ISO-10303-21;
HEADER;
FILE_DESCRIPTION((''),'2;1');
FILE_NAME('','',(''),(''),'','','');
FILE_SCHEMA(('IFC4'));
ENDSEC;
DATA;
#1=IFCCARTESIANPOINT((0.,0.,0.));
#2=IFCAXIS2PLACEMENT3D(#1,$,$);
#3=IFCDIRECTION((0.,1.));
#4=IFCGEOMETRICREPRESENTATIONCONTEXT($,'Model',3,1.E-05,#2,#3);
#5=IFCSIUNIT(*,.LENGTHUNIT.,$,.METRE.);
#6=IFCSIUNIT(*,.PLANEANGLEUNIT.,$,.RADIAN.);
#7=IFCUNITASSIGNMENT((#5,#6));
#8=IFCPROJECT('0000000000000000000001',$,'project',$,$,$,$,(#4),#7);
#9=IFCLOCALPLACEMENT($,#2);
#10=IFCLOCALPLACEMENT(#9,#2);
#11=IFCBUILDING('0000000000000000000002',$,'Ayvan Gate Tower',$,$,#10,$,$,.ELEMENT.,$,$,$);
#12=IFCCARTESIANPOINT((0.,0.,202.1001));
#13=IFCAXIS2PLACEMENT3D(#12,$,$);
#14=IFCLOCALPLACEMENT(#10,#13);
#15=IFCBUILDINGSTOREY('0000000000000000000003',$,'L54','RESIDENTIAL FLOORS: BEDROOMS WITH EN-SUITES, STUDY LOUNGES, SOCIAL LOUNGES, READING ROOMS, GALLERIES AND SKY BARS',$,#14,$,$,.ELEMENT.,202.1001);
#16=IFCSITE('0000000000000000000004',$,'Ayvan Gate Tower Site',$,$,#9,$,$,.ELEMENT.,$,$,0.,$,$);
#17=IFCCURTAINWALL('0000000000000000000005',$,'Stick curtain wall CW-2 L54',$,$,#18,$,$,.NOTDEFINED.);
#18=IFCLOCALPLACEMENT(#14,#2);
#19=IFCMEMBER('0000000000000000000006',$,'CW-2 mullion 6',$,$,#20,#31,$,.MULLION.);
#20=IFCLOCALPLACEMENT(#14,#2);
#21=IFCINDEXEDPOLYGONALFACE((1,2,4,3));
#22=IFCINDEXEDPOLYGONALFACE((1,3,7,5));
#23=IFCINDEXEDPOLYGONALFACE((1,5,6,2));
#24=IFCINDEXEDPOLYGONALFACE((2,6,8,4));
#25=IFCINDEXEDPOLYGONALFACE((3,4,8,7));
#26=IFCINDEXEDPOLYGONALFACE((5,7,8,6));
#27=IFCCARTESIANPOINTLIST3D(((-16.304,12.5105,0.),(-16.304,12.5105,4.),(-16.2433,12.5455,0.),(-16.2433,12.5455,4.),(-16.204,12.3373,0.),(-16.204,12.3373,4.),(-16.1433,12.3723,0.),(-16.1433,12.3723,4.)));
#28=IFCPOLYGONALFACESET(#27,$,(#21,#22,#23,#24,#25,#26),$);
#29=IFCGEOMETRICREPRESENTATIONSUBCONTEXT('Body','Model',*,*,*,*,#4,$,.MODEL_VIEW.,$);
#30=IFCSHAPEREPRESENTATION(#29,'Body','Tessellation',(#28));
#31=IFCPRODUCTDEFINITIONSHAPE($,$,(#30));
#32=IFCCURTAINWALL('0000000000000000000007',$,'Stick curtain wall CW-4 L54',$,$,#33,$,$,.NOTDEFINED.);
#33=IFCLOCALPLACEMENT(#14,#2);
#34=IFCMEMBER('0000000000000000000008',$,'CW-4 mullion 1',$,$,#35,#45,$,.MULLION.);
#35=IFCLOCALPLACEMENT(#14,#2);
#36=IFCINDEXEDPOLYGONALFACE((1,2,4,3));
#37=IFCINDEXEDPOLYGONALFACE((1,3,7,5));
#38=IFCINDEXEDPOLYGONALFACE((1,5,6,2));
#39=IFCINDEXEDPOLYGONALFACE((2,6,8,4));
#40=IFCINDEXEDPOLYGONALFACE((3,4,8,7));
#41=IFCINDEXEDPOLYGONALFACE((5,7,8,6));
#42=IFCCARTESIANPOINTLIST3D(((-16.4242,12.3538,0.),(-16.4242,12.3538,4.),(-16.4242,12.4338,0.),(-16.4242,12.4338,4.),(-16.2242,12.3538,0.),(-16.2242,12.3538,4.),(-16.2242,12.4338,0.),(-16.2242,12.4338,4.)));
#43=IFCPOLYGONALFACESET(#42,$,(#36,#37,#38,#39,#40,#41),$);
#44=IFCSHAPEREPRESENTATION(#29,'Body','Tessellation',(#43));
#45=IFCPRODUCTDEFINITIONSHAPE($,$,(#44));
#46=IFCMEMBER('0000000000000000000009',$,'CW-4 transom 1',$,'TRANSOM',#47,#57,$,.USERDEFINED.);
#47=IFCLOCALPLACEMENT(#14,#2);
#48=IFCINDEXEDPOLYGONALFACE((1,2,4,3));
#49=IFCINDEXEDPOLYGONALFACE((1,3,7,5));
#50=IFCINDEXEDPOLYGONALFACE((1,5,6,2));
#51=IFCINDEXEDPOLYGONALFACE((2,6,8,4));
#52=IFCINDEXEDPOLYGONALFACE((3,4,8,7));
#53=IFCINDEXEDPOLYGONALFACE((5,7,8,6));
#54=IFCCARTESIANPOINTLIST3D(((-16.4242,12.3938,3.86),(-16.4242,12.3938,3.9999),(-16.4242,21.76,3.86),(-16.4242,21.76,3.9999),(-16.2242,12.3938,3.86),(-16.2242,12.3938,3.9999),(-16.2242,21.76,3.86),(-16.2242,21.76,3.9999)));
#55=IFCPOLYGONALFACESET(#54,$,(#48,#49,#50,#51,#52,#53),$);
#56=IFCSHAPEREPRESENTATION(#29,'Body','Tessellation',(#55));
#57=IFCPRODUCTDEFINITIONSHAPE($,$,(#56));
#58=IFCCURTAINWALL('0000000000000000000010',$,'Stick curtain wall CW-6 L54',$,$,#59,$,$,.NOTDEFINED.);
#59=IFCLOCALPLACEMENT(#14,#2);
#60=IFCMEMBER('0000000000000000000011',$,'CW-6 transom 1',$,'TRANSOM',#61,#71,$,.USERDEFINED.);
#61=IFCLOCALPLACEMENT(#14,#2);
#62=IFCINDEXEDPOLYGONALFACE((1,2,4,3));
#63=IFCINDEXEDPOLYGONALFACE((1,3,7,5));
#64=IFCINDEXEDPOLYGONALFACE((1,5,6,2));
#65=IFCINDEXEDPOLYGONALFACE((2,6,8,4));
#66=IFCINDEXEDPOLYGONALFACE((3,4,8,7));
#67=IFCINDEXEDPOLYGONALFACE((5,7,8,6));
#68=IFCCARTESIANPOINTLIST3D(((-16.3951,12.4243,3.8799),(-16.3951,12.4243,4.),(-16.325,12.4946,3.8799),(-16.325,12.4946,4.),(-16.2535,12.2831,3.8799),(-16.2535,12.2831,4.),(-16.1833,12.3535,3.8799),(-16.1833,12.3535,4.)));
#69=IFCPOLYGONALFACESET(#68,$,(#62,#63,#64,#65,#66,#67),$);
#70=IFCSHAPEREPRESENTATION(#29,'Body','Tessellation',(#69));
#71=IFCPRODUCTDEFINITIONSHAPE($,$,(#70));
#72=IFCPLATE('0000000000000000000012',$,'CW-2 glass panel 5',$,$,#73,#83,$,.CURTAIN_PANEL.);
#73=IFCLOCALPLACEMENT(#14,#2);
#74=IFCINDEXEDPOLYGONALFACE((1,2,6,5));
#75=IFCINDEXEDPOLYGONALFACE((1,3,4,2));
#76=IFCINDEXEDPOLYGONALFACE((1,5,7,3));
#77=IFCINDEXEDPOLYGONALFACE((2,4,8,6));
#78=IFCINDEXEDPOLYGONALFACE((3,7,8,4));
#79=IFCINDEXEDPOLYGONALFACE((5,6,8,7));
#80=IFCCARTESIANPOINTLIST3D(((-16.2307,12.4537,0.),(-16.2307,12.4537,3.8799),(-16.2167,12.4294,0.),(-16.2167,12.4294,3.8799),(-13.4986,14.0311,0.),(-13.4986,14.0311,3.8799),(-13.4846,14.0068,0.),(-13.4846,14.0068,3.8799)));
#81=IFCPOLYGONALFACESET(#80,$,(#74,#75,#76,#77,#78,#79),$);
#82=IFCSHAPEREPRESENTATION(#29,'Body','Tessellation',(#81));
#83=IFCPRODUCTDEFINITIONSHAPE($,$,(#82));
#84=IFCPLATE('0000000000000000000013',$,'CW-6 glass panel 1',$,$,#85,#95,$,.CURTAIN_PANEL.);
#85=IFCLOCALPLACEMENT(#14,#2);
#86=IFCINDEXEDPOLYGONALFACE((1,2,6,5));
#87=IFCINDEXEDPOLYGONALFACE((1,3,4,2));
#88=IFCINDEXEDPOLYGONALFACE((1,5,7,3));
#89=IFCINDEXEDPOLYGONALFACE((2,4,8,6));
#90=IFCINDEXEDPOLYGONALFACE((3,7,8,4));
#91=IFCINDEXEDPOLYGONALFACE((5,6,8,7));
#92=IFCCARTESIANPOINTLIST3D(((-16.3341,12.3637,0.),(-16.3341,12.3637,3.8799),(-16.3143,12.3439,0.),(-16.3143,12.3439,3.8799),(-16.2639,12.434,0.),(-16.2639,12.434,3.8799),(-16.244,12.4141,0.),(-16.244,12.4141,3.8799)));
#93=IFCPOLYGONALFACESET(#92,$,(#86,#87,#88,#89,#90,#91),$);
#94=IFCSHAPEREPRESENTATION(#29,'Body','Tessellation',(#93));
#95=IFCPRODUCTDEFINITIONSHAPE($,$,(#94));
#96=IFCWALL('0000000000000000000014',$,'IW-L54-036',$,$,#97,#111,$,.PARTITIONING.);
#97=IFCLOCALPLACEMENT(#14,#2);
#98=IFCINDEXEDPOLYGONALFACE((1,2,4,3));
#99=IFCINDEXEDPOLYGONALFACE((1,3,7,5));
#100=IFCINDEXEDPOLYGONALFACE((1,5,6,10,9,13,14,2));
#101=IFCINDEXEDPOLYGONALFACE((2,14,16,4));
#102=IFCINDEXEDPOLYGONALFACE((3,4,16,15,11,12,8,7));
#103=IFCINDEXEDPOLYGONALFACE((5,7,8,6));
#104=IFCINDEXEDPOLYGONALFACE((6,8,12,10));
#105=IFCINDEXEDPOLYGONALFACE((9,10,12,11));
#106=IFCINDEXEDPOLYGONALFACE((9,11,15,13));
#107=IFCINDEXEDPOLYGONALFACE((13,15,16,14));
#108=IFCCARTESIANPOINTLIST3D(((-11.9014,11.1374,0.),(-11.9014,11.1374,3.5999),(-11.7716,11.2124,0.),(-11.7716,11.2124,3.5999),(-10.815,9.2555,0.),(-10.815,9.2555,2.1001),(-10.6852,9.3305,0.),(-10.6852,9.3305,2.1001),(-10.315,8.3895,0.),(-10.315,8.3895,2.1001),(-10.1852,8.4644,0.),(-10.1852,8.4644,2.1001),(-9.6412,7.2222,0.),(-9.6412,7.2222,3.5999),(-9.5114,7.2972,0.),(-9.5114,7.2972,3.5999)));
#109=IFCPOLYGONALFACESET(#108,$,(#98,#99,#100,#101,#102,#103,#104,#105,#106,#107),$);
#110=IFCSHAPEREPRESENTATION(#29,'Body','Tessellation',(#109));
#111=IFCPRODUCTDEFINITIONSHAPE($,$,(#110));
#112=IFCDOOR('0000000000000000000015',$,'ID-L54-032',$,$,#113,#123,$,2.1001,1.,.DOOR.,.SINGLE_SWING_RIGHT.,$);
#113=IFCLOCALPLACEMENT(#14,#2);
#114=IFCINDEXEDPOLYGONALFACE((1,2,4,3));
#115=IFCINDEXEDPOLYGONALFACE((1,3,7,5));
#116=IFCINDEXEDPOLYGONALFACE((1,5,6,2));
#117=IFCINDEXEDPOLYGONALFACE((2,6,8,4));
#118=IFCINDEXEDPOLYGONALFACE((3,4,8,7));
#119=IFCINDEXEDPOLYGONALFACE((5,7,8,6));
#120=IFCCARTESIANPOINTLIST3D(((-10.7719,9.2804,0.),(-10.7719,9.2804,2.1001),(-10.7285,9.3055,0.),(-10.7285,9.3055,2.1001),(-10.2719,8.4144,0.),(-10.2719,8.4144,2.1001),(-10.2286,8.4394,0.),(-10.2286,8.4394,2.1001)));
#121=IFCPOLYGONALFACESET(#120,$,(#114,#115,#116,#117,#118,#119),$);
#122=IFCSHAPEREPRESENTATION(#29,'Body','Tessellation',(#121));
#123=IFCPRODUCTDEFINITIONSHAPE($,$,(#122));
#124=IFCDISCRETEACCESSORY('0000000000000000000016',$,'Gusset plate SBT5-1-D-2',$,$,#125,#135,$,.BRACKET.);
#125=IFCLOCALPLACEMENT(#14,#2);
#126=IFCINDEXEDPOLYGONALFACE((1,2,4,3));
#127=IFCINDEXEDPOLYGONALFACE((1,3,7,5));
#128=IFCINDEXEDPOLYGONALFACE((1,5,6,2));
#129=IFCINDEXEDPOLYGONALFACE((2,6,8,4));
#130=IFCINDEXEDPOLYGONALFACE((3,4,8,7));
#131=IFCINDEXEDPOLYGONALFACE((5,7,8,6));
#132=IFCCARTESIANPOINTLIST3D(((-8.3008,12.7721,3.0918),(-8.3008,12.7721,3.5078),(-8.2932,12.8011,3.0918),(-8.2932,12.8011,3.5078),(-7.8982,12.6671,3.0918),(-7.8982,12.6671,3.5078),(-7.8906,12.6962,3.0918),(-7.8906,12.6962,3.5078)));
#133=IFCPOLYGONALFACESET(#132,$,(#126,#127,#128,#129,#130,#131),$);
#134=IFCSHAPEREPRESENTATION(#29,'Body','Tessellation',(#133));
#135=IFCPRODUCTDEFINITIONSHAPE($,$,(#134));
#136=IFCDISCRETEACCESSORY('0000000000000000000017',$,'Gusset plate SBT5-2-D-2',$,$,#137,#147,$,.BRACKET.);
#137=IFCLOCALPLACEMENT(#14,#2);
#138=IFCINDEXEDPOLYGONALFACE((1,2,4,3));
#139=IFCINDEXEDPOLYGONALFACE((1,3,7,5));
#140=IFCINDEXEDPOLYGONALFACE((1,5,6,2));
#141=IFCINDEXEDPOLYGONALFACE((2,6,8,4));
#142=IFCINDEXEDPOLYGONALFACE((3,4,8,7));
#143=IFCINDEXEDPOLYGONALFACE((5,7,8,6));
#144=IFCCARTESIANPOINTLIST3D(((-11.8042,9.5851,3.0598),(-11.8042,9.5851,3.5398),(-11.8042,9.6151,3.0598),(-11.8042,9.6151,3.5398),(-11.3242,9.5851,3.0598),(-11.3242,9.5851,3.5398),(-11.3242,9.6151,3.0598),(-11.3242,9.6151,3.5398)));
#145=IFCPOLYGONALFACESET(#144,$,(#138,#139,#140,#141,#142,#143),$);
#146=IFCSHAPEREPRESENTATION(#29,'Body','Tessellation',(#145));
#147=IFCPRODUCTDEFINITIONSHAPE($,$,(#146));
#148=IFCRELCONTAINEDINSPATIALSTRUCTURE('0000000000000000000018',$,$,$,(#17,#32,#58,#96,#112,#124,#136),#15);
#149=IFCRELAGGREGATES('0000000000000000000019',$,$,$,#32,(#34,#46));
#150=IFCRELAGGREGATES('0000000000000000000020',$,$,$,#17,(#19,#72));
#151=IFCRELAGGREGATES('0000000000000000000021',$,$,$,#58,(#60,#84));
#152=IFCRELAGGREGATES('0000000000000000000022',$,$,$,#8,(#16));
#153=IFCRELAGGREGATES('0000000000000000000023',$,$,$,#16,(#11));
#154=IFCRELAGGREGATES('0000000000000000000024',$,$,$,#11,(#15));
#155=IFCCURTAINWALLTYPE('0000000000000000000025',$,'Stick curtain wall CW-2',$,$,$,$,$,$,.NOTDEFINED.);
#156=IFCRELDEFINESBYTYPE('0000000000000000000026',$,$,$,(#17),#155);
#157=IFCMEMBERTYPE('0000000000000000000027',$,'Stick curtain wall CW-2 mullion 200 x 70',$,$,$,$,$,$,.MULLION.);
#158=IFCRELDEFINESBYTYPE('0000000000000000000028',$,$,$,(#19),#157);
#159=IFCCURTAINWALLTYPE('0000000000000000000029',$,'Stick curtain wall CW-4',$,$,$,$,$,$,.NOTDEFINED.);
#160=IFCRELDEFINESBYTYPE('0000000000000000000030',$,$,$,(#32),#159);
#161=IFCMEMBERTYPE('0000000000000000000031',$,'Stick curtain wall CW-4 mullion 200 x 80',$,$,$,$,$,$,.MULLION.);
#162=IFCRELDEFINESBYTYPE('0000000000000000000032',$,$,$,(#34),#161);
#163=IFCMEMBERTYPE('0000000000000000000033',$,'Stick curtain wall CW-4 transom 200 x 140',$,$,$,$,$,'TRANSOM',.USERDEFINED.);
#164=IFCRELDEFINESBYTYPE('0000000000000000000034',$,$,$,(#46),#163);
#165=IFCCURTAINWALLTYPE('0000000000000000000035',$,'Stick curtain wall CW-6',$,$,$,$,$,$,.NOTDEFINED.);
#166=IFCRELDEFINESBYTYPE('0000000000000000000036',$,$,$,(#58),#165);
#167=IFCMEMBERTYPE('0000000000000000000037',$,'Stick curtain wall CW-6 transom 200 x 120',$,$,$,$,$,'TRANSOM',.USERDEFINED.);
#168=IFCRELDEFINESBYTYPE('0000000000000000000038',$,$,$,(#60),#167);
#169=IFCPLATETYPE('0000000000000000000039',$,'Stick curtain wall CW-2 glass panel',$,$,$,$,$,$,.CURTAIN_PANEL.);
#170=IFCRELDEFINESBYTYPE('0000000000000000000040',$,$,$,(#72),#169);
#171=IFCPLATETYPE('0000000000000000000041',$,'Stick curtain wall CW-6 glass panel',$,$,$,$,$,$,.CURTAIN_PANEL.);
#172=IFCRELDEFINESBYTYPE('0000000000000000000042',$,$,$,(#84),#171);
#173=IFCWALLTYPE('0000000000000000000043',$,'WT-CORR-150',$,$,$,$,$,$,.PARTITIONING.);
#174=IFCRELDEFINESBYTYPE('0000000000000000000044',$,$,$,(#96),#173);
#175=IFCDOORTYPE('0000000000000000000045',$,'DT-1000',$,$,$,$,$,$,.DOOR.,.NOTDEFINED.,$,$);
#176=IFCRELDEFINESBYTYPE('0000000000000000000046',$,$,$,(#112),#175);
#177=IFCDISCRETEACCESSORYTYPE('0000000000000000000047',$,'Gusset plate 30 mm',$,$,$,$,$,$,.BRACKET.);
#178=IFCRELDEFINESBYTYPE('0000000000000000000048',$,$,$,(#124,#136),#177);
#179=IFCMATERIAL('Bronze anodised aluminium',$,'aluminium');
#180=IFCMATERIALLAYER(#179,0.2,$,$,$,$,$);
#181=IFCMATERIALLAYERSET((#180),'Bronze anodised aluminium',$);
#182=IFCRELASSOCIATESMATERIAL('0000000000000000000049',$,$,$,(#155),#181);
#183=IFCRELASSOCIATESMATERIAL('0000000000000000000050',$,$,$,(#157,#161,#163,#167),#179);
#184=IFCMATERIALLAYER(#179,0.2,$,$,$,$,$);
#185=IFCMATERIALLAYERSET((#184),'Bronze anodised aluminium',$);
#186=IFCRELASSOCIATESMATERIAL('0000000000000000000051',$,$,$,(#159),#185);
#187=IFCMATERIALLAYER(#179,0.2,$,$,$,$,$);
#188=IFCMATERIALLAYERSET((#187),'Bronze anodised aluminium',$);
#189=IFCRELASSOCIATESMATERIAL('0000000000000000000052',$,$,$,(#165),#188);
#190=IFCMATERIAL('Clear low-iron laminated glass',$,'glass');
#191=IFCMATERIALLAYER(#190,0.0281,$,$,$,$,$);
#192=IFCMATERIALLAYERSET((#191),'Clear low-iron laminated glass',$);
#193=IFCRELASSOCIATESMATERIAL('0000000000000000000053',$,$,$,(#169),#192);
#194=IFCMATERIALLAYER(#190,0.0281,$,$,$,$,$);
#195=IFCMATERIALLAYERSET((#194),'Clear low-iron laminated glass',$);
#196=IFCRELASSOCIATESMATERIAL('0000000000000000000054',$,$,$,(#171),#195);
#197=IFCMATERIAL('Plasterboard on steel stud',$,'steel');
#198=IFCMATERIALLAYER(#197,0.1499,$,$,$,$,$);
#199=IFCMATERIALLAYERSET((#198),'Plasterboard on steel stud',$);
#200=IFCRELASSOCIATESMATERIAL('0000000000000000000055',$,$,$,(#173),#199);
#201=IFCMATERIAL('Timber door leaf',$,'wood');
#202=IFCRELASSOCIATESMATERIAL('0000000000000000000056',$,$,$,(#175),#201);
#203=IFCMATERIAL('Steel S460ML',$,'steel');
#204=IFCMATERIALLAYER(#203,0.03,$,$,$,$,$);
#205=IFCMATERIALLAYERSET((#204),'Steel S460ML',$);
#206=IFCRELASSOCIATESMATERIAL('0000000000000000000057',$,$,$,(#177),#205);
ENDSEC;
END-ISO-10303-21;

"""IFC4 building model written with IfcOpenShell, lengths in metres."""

from ifc_helpers import new_model, si_unit, direction, frame, frame_2d, origin, origin_2d, place, context, subcontext, project, spatial, rectangle, extrude, material, layer, layer_set, material_profile, profile_set, type_object, element, fill, aggregate, save


model = new_model("IFC4")

# Units and contexts
model_context = context("Model", 3, precision=1e-05, world=origin(), true_north=direction((0.0, 1.0)))
body_context = subcontext(model_context, "Body", "Model", "MODEL_VIEW")
ifc_project = project(units=[si_unit("LENGTHUNIT", "METRE"), si_unit("PLANEANGLEUNIT", "RADIAN")], contexts=[model_context])

# Site, building, storey
site_placement = place(None, origin())
site = spatial("IfcSite", under=ifc_project, at=site_placement, Name="Ayvan Gate Tower Site", CompositionType="ELEMENT", RefElevation=0.0)
building_placement = place(site_placement, origin())
building = spatial("IfcBuilding", under=site, at=building_placement, Name="Ayvan Gate Tower", CompositionType="ELEMENT")
storey_placement = place(building_placement, frame((0.0, 0.0, 202.1001)))
storey = spatial("IfcBuildingStorey", under=building, at=storey_placement, Name="L54", Description="RESIDENTIAL FLOORS: BEDROOMS WITH EN-SUITES, STUDY LOUNGES, SOCIAL LOUNGES, READING ROOMS, GALLERIES AND SKY BARS", CompositionType="ELEMENT", Elevation=202.1001)

# Curtain wall, member
ifc_material_1 = material(Name="Bronze anodised aluminium", Category="aluminium")
ifc_layer_1 = layer(ifc_material_1, 0.2)
ifc_layer_set_1 = layer_set([ifc_layer_1], Name="Bronze anodised aluminium")
curtain_wall_type_1 = type_object("IfcCurtainWallType", Name="Stick curtain wall CW-2", PredefinedType="NOTDEFINED", material=ifc_layer_set_1)
curtain_wall_1_placement = place(storey_placement, origin())
curtain_wall_1 = element("IfcCurtainWall", 1, at=curtain_wall_1_placement, inside=storey, type_object=curtain_wall_type_1, Name="Stick curtain wall CW-2 L54", PredefinedType="NOTDEFINED")
ifc_material_profile_1 = material_profile(ifc_material_1, rectangle(XDim=0.2, YDim=0.0701, at=origin_2d()), Name="Stick curtain wall CW-2 mullion 200 x 70")
ifc_profile_set_1 = profile_set([ifc_material_profile_1], Name="Bronze anodised aluminium")
member_type_1 = type_object("IfcMemberType", Name="Stick curtain wall CW-2 mullion 200 x 70", PredefinedType="MULLION", material=ifc_profile_set_1)
member_1_placement = place(storey_placement, frame((-16.2236, 12.4414, 0.0), z_axis=(0.0, 0.0, 1.0), x_axis=(-0.5, 0.866025, 0.0)))
member_1 = element("IfcMember", 2, at=member_1_placement, type_object=member_type_1, Name="CW-2 mullion 6", PredefinedType="MULLION", context=body_context, shape_type="SweptSolid", body=[
    extrude(rectangle(XDim=0.2, YDim=0.0701, at=origin_2d()), origin(), (0.0, 0.0, 1.0), 4.0),
])

# Curtain wall, members
ifc_layer_2 = layer(ifc_material_1, 0.2)
ifc_layer_set_2 = layer_set([ifc_layer_2], Name="Bronze anodised aluminium")
curtain_wall_type_2 = type_object("IfcCurtainWallType", Name="Stick curtain wall CW-4", PredefinedType="NOTDEFINED", material=ifc_layer_set_2)
curtain_wall_2_placement = place(storey_placement, origin())
curtain_wall_2 = element("IfcCurtainWall", 3, at=curtain_wall_2_placement, inside=storey, type_object=curtain_wall_type_2, Name="Stick curtain wall CW-4 L54", PredefinedType="NOTDEFINED")
ifc_material_profile_2 = material_profile(ifc_material_1, rectangle(XDim=0.2, YDim=0.0801, at=origin_2d()), Name="Stick curtain wall CW-4 mullion 200 x 80")
ifc_profile_set_2 = profile_set([ifc_material_profile_2], Name="Bronze anodised aluminium")
member_type_2 = type_object("IfcMemberType", Name="Stick curtain wall CW-4 mullion 200 x 80", PredefinedType="MULLION", material=ifc_profile_set_2)
member_2_placement = place(storey_placement, frame((-16.3242, 12.3938, 0.0), z_axis=(0.0, 0.0, 1.0), x_axis=(1.0, 0.0, 0.0)))
member_2 = element("IfcMember", 4, at=member_2_placement, type_object=member_type_2, Name="CW-4 mullion 1", PredefinedType="MULLION", context=body_context, shape_type="SweptSolid", body=[
    extrude(rectangle(XDim=0.2, YDim=0.0801, at=origin_2d()), origin(), (0.0, 0.0, 1.0), 4.0),
])
ifc_material_profile_3 = material_profile(ifc_material_1, rectangle(XDim=0.2, YDim=0.1399, at=origin_2d()), Name="Stick curtain wall CW-4 transom 200 x 140")
ifc_profile_set_3 = profile_set([ifc_material_profile_3], Name="Bronze anodised aluminium")
member_type_3 = type_object("IfcMemberType", Name="Stick curtain wall CW-4 transom 200 x 140", ElementType="TRANSOM", PredefinedType="USERDEFINED", material=ifc_profile_set_3)
member_3_placement = place(storey_placement, frame((-16.3242, 12.3938, 3.9299), z_axis=(0.0, 1.0, 0.0), x_axis=(-1.0, 0.0, 0.0)))
member_3 = element("IfcMember", 5, at=member_3_placement, type_object=member_type_3, Name="CW-4 transom 1", ObjectType="TRANSOM", PredefinedType="USERDEFINED", context=body_context, shape_type="SweptSolid", body=[
    extrude(rectangle(XDim=0.2, YDim=0.1399, at=origin_2d()), origin(), (0.0, 0.0, 1.0), 9.3662),
])
aggregate(curtain_wall_2, [member_2, member_3])

# Curtain wall, member
ifc_layer_3 = layer(ifc_material_1, 0.2)
ifc_layer_set_3 = layer_set([ifc_layer_3], Name="Bronze anodised aluminium")
curtain_wall_type_3 = type_object("IfcCurtainWallType", Name="Stick curtain wall CW-6", PredefinedType="NOTDEFINED", material=ifc_layer_set_3)
curtain_wall_3_placement = place(storey_placement, origin())
curtain_wall_3 = element("IfcCurtainWall", 6, at=curtain_wall_3_placement, inside=storey, type_object=curtain_wall_type_3, Name="Stick curtain wall CW-6 L54", PredefinedType="NOTDEFINED")
ifc_material_profile_4 = material_profile(ifc_material_1, rectangle(XDim=0.2, YDim=0.1201, at=origin_2d()), Name="Stick curtain wall CW-6 transom 200 x 120")
ifc_profile_set_4 = profile_set([ifc_material_profile_4], Name="Bronze anodised aluminium")
member_type_4 = type_object("IfcMemberType", Name="Stick curtain wall CW-6 transom 200 x 120", ElementType="TRANSOM", PredefinedType="USERDEFINED", material=ifc_profile_set_4)
member_4_placement = place(storey_placement, frame((-16.2542, 12.4241, 3.9399), z_axis=(-0.705876, -0.708335, 0.0), x_axis=(0.708335, -0.705876, 0.0)))
member_4 = element("IfcMember", 7, at=member_4_placement, type_object=member_type_4, Name="CW-6 transom 1", ObjectType="TRANSOM", PredefinedType="USERDEFINED", context=body_context, shape_type="SweptSolid", body=[
    extrude(rectangle(XDim=0.2, YDim=0.1201, at=origin_2d()), origin(), (0.0, 0.0, 1.0), 0.0994),
])

# Plates
ifc_material_2 = material(Name="Clear low-iron laminated glass", Category="glass")
ifc_layer_4 = layer(ifc_material_2, 0.0281)
ifc_layer_set_4 = layer_set([ifc_layer_4], Name="Clear low-iron laminated glass")
plate_type_1 = type_object("IfcPlateType", Name="Stick curtain wall CW-2 glass panel", PredefinedType="CURTAIN_PANEL", material=ifc_layer_set_4)
plate_1_placement = place(storey_placement, frame((-14.8577, 13.2302, 0.0), z_axis=(0.0, 0.0, 1.0), x_axis=(-0.866025, -0.5, 0.0)))
plate_1 = element("IfcPlate", 8, at=plate_1_placement, type_object=plate_type_1, Name="CW-2 glass panel 5", PredefinedType="CURTAIN_PANEL", context=body_context, shape_type="SweptSolid", body=[
    extrude(rectangle(XDim=3.1548, YDim=0.0281, at=origin_2d()), origin(), (0.0, 0.0, 1.0), 3.8799),
])
aggregate(curtain_wall_1, [member_1, plate_1])
ifc_layer_5 = layer(ifc_material_2, 0.0281)
ifc_layer_set_5 = layer_set([ifc_layer_5], Name="Clear low-iron laminated glass")
plate_type_2 = type_object("IfcPlateType", Name="Stick curtain wall CW-6 glass panel", PredefinedType="CURTAIN_PANEL", material=ifc_layer_set_5)
plate_2_placement = place(storey_placement, frame((-16.2891, 12.3889, 0.0), z_axis=(0.0, 0.0, 1.0), x_axis=(-0.707107, -0.707107, 0.0)))
plate_2 = element("IfcPlate", 9, at=plate_2_placement, type_object=plate_type_2, Name="CW-6 glass panel 1", PredefinedType="CURTAIN_PANEL", context=body_context, shape_type="SweptSolid", body=[
    extrude(rectangle(XDim=0.0994, YDim=0.0281, at=origin_2d()), origin(), (0.0, 0.0, 1.0), 3.8799),
])
aggregate(curtain_wall_3, [member_4, plate_2])

# Wall, opening, door
ifc_material_3 = material(Name="Plasterboard on steel stud", Category="steel")
ifc_layer_6 = layer(ifc_material_3, 0.1499)
ifc_layer_set_6 = layer_set([ifc_layer_6], Name="Plasterboard on steel stud")
wall_type = type_object("IfcWallType", Name="WT-CORR-150", PredefinedType="PARTITIONING", material=ifc_layer_set_6)
wall_placement = place(storey_placement, frame((-11.8364, 11.1748, 0.0), z_axis=(0.0, 0.0, 1.0), x_axis=(0.499961, -0.866048, 0.0)))
wall = element("IfcWall", 10, at=wall_placement, inside=storey, type_object=wall_type, Name="IW-L54-036", PredefinedType="PARTITIONING", context=body_context, shape_type="SweptSolid", body=[
    extrude(rectangle(XDim=4.5208, YDim=0.1499, at=frame_2d((2.2603, 0.0))), origin(), (0.0, 0.0, 1.0), 3.5999),
])
opening_placement = place(wall_placement, frame((2.1729, 0.0, 0.0)))
opening = element("IfcOpeningElement", 11, at=opening_placement, cuts=wall, PredefinedType="OPENING", context=body_context, shape_type="SweptSolid", body=[
    extrude(rectangle(XDim=1.0, YDim=2.1001, at=frame_2d((0.5, 1.05))), frame((0.0, 0.085, 0.0), z_axis=(0.0, -1.0, 0.0), x_axis=(1.0, 0.0, 0.0)), (0.0, 0.0, 1.0), 0.1699),
])
ifc_material_4 = material(Name="Timber door leaf", Category="wood")
door_type = type_object("IfcDoorType", Name="DT-1000", OperationType="NOTDEFINED", PredefinedType="DOOR", material=ifc_material_4)
door_placement = place(opening_placement, origin())
door = element("IfcDoor", 12, at=door_placement, inside=storey, type_object=door_type, Name="ID-L54-032", OperationType="SINGLE_SWING_RIGHT", OverallHeight=2.1001, OverallWidth=1.0, PredefinedType="DOOR", context=body_context, shape_type="SweptSolid", body=[
    extrude(rectangle(XDim=1.0, YDim=2.1001, at=frame_2d((0.5, 1.05))), frame((0.0, 0.0249, 0.0), z_axis=(0.0, -1.0, 0.0), x_axis=(1.0, 0.0, 0.0)), (0.0, 0.0, 1.0), 0.05),
])
fill(opening, door)

# Discrete accessories
ifc_material_5 = material(Name="Steel S460ML", Category="steel")
ifc_layer_7 = layer(ifc_material_5, 0.03)
ifc_layer_set_7 = layer_set([ifc_layer_7], Name="Steel S460ML")
discrete_accessory_type = type_object("IfcDiscreteAccessoryType", Name="Gusset plate 30 mm", PredefinedType="BRACKET", material=ifc_layer_set_7)
discrete_accessory_1_placement = place(storey_placement, frame((-8.0957, 12.7341, 3.0918), z_axis=(0.0, 0.0, 1.0), x_axis=(-0.967682, 0.252172, 0.0)))
element("IfcDiscreteAccessory", 13, at=discrete_accessory_1_placement, inside=storey, type_object=discrete_accessory_type, Name="Gusset plate SBT5-1-D-2", PredefinedType="BRACKET", context=body_context, shape_type="SweptSolid", body=[
    extrude(rectangle(XDim=0.416, YDim=0.03, at=origin_2d()), origin(), (0.0, 0.0, 1.0), 0.416),
])
discrete_accessory_2_placement = place(storey_placement, frame((-11.5642, 9.6001, 3.0598), z_axis=(0.0, 0.0, 1.0), x_axis=(1.0, 0.0, 0.0)))
element("IfcDiscreteAccessory", 14, at=discrete_accessory_2_placement, inside=storey, type_object=discrete_accessory_type, Name="Gusset plate SBT5-2-D-2", PredefinedType="BRACKET", context=body_context, shape_type="SweptSolid", body=[
    extrude(rectangle(XDim=0.48, YDim=0.03, at=origin_2d()), origin(), (0.0, 0.0, 1.0), 0.48),
])

save(model, "model.ifc")
